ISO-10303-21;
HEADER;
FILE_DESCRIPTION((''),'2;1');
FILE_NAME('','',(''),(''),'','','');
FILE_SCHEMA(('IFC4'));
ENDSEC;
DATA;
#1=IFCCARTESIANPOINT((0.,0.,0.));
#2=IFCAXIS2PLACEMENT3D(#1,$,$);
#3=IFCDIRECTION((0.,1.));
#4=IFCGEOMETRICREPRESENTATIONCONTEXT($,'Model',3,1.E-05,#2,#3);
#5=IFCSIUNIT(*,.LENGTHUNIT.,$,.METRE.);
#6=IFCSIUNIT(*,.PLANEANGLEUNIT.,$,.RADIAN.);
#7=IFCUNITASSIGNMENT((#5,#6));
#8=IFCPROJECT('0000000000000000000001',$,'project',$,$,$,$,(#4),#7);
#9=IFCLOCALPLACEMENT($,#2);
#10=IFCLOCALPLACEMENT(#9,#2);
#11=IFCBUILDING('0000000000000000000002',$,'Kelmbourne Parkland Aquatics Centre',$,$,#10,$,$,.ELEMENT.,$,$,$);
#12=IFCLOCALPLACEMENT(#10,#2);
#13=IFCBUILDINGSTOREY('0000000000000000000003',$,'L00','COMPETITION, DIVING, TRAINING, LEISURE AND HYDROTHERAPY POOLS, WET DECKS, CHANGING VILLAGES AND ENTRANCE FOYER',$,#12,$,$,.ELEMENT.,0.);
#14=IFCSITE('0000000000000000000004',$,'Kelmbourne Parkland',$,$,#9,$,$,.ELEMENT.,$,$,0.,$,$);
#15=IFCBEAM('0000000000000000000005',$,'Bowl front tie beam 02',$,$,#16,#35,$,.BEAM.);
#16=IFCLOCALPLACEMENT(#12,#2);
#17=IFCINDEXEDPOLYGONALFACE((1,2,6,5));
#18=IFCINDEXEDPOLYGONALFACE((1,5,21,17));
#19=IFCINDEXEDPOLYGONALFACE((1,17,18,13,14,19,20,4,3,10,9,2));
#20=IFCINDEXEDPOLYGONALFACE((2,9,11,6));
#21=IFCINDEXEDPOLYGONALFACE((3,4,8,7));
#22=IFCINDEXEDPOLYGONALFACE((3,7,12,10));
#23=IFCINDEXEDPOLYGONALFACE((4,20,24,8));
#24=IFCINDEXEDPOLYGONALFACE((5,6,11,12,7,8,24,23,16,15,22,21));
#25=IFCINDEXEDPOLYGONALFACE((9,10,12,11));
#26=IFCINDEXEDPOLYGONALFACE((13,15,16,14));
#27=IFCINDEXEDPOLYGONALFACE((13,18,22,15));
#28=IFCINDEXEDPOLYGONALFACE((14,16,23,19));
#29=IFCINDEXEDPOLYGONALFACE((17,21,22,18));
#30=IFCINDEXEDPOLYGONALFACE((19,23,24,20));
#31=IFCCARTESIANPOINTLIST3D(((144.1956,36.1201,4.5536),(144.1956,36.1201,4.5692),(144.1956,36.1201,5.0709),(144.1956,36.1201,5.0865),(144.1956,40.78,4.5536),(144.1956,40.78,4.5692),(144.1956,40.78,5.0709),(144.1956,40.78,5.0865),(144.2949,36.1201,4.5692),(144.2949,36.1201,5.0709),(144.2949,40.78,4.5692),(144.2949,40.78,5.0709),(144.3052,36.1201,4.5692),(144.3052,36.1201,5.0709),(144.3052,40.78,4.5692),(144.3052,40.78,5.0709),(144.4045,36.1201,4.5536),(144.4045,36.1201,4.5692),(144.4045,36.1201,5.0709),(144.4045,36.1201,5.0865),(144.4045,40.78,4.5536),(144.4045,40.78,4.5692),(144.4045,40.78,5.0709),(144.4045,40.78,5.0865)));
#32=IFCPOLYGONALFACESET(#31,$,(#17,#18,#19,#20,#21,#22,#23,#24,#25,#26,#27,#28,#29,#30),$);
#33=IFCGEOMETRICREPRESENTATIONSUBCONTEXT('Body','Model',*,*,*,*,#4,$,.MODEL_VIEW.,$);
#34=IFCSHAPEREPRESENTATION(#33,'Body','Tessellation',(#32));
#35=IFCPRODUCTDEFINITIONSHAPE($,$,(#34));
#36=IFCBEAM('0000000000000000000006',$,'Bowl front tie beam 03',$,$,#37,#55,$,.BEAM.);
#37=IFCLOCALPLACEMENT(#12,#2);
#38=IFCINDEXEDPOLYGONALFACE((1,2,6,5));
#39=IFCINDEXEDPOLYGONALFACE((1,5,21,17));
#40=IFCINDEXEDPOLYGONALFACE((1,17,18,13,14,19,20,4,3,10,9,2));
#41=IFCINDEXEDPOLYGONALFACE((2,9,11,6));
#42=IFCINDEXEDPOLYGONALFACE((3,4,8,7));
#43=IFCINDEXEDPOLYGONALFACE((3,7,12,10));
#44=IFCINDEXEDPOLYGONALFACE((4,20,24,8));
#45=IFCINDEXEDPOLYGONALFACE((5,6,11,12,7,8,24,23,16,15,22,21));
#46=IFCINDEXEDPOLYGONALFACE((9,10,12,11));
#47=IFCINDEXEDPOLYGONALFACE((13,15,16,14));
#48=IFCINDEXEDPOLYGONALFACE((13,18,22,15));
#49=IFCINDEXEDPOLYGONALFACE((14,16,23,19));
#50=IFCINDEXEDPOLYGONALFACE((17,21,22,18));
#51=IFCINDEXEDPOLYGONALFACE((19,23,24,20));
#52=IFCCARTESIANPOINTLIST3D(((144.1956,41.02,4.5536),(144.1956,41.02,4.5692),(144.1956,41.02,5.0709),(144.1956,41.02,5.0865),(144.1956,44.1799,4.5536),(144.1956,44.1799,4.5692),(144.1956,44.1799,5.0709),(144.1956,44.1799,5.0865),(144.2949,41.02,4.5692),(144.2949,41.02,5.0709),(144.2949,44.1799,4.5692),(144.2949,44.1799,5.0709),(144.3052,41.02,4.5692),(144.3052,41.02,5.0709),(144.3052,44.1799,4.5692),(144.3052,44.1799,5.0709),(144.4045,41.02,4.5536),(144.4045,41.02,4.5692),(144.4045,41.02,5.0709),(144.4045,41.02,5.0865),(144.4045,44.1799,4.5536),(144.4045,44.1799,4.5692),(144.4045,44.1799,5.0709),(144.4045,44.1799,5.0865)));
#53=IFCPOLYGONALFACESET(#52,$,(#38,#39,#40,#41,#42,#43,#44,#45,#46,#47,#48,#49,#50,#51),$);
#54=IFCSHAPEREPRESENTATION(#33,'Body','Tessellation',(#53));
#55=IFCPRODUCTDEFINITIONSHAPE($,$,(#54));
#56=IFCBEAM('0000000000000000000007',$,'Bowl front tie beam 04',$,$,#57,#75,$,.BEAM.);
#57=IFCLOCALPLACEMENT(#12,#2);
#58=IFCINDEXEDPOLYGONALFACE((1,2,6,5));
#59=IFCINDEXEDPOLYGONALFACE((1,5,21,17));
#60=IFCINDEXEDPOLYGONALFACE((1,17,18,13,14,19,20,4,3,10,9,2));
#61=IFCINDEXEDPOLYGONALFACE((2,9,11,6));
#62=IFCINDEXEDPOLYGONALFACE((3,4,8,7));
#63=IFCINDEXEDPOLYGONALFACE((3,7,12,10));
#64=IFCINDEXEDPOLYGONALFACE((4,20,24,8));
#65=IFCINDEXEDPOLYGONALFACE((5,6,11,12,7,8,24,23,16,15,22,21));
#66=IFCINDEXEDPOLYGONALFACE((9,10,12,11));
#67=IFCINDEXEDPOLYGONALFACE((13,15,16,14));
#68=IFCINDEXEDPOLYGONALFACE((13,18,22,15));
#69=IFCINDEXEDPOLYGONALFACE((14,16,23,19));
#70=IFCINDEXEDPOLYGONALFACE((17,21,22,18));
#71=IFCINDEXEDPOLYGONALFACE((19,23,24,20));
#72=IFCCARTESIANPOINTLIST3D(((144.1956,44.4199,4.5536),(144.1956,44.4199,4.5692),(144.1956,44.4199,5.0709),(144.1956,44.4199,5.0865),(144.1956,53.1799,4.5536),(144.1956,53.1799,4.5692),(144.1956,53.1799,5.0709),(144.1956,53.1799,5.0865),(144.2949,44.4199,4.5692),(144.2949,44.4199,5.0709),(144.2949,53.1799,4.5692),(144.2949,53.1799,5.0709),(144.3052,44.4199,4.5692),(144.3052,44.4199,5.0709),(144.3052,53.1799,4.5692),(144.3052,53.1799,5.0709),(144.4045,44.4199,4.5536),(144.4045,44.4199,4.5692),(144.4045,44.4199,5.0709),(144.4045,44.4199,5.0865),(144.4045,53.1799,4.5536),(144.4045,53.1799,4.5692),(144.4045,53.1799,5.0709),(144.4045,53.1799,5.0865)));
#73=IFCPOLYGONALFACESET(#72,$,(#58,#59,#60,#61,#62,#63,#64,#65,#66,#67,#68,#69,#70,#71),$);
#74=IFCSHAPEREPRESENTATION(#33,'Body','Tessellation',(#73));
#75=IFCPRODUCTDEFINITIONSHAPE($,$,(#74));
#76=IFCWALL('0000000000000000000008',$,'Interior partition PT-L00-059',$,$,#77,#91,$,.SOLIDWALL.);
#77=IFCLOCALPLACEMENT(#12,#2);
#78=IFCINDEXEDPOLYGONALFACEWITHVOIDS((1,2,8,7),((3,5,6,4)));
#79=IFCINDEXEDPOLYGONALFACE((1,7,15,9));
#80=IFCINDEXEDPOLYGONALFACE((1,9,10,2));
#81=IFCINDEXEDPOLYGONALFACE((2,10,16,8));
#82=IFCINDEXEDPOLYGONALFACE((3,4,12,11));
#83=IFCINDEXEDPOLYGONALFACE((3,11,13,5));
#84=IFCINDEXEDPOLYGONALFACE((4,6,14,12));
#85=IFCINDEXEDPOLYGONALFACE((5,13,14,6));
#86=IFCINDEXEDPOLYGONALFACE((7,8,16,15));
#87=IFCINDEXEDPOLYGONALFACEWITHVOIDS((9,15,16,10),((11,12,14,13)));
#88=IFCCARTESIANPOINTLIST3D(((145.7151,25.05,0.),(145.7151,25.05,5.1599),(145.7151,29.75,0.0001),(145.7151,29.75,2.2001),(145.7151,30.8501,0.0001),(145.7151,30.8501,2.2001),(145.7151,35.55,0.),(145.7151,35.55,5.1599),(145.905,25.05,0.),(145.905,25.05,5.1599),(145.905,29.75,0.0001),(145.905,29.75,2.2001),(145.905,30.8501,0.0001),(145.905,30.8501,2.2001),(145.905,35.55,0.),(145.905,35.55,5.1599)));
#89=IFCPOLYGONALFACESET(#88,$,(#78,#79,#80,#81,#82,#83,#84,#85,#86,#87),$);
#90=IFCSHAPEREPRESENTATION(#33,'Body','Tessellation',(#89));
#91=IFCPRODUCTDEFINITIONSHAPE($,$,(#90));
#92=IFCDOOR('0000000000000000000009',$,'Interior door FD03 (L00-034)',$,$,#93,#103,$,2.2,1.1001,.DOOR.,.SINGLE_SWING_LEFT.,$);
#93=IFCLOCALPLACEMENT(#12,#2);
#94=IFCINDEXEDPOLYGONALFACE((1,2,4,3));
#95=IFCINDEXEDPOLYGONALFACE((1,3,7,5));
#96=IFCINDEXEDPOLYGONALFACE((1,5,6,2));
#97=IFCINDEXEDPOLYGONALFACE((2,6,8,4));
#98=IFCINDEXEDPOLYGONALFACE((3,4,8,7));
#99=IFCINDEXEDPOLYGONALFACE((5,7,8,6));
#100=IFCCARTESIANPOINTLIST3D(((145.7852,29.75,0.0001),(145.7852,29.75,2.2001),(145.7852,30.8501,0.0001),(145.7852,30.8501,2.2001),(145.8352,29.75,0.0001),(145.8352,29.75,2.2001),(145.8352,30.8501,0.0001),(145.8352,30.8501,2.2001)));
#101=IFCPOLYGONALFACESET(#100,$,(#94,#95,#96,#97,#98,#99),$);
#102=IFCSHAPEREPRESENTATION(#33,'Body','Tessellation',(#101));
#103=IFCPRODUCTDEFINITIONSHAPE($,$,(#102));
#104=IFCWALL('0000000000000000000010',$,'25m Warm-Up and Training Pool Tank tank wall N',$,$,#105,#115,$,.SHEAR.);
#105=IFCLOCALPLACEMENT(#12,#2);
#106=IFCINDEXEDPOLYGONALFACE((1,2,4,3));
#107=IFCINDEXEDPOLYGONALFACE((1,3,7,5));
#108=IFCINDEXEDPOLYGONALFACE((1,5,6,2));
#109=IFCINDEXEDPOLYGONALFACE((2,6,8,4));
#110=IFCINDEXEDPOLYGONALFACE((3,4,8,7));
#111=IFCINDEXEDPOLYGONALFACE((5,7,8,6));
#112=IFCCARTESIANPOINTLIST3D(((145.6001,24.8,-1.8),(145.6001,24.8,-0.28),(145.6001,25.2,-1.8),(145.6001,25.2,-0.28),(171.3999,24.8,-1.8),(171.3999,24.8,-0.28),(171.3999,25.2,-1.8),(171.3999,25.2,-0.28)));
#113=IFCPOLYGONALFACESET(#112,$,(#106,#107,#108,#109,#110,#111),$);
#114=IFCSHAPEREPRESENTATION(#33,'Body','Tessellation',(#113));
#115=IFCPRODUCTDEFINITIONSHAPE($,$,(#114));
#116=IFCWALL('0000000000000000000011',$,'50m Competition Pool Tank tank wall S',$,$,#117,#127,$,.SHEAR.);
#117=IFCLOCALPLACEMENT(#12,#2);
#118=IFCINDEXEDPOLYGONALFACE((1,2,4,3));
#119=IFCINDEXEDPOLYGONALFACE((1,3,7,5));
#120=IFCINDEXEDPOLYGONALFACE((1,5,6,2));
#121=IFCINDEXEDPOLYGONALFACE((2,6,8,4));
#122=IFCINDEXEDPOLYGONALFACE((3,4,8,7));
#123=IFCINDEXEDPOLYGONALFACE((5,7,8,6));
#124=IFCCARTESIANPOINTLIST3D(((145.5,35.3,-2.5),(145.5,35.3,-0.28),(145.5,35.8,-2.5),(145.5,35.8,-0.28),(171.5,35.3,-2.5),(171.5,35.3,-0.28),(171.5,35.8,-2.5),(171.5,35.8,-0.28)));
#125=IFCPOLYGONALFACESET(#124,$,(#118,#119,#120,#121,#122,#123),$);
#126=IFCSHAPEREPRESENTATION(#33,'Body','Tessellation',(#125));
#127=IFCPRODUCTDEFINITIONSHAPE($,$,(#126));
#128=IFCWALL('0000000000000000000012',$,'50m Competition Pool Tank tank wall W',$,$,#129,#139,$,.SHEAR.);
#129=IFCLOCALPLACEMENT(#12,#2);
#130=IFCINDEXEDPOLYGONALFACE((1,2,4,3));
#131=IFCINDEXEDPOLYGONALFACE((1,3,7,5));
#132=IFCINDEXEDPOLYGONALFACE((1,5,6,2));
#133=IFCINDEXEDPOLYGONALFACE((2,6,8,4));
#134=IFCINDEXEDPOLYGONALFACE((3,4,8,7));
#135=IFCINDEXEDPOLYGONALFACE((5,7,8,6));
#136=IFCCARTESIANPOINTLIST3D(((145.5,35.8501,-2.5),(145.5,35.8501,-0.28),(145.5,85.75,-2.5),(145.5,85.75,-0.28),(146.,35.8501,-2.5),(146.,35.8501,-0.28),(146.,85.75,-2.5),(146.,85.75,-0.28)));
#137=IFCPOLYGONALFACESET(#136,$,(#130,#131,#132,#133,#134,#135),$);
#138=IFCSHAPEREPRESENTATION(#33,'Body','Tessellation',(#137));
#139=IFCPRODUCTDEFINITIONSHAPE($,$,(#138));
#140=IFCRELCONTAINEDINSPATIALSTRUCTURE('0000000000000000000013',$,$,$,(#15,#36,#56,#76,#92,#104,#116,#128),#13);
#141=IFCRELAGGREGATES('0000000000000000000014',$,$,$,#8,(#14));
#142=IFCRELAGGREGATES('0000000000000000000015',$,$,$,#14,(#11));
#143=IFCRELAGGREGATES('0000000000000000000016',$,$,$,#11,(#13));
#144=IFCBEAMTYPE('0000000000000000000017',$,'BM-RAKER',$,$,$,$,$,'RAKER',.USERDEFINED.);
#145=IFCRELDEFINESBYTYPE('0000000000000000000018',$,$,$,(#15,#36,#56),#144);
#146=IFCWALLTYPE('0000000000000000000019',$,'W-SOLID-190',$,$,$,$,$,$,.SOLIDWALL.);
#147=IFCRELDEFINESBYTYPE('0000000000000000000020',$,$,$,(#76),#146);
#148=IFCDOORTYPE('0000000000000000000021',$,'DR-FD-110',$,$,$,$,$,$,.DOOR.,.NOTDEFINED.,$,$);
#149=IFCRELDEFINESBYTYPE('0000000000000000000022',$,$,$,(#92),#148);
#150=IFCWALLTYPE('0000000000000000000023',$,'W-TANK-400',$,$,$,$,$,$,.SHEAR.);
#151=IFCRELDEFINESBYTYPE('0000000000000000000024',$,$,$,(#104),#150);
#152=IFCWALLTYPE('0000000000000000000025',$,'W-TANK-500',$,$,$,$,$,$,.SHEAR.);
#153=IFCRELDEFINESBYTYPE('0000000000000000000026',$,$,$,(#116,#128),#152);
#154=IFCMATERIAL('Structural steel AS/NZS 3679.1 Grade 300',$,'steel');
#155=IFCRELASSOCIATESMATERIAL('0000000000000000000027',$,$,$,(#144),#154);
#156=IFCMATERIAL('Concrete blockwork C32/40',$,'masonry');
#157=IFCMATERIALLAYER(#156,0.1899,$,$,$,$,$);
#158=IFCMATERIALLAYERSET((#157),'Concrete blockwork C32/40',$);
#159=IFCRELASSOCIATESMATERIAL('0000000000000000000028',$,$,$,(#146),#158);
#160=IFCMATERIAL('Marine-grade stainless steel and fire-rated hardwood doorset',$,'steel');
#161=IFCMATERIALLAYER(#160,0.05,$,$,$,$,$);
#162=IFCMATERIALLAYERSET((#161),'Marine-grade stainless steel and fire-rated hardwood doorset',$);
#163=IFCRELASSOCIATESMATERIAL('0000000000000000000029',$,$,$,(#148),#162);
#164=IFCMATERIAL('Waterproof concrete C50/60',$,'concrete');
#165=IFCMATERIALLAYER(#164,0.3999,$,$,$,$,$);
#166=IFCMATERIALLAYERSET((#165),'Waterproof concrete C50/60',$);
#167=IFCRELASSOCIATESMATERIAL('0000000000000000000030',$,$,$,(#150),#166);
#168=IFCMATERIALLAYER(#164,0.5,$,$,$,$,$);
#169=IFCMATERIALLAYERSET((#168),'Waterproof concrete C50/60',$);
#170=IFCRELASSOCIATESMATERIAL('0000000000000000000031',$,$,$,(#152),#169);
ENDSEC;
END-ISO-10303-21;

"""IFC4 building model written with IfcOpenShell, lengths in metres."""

from ifc_helpers import new_model, si_unit, direction, frame, frame_2d, origin, origin_2d, place, context, subcontext, project, spatial, rectangle, i_section, extrude, material, layer, layer_set, material_profile, profile_set, type_object, element, fill, save


model = new_model("IFC4")

# Units and contexts
model_context = context("Model", 3, precision=1e-05, world=origin(), true_north=direction((0.0, 1.0)))
body_context = subcontext(model_context, "Body", "Model", "MODEL_VIEW")
ifc_project = project(units=[si_unit("LENGTHUNIT", "METRE"), si_unit("PLANEANGLEUNIT", "RADIAN")], contexts=[model_context])

# Site, building, storey
site_placement = place(None, origin())
site = spatial("IfcSite", under=ifc_project, at=site_placement, Name="Kelmbourne Parkland", CompositionType="ELEMENT", RefElevation=0.0)
building_placement = place(site_placement, origin())
building = spatial("IfcBuilding", under=site, at=building_placement, Name="Kelmbourne Parkland Aquatics Centre", CompositionType="ELEMENT")
storey_placement = place(building_placement, origin())
storey = spatial("IfcBuildingStorey", under=building, at=storey_placement, Name="L00", Description="COMPETITION, DIVING, TRAINING, LEISURE AND HYDROTHERAPY POOLS, WET DECKS, CHANGING VILLAGES AND ENTRANCE FOYER", CompositionType="ELEMENT", Elevation=0.0)

# Shared definitions
ifc_material_1 = material(Name="Structural steel AS/NZS 3679.1 Grade 300", Category="steel")

# Beams
ifc_material_profile_1 = material_profile(ifc_material_1, i_section(OverallWidth=0.209, OverallDepth=0.533, WebThickness=0.0103, FlangeThickness=0.0156, at=origin_2d()), Name="530UB92.4")
ifc_profile_set_1 = profile_set([ifc_material_profile_1], Name="Structural steel AS/NZS 3679.1 Grade 300")
beam_type_1 = type_object("IfcBeamType", Name="BM-RAKER", ElementType="RAKER", PredefinedType="USERDEFINED", material=ifc_profile_set_1)
beam_1_placement = place(storey_placement, frame((144.3, 36.1201, 4.8201), z_axis=(0.0, 1.0, 0.0), x_axis=(-1.0, 0.0, 0.0)))
element("IfcBeam", 1, at=beam_1_placement, inside=storey, type_object=beam_type_1, Name="Bowl front tie beam 02", PredefinedType="BEAM", context=body_context, shape_type="SweptSolid", body=[
    extrude(i_section(OverallWidth=0.209, OverallDepth=0.533, WebThickness=0.0103, FlangeThickness=0.0156, at=origin_2d()), origin(), (0.0, 0.0, 1.0), 4.6599),
])
beam_2_placement = place(storey_placement, frame((144.3, 41.02, 4.8201), z_axis=(0.0, 1.0, 0.0), x_axis=(-1.0, 0.0, 0.0)))
element("IfcBeam", 2, at=beam_2_placement, inside=storey, type_object=beam_type_1, Name="Bowl front tie beam 03", PredefinedType="BEAM", context=body_context, shape_type="SweptSolid", body=[
    extrude(i_section(OverallWidth=0.209, OverallDepth=0.533, WebThickness=0.0103, FlangeThickness=0.0156, at=origin_2d()), origin(), (0.0, 0.0, 1.0), 3.1599),
])
beam_3_placement = place(storey_placement, frame((144.3, 44.4199, 4.8201), z_axis=(0.0, 1.0, 0.0), x_axis=(-1.0, 0.0, 0.0)))
element("IfcBeam", 3, at=beam_3_placement, inside=storey, type_object=beam_type_1, Name="Bowl front tie beam 04", PredefinedType="BEAM", context=body_context, shape_type="SweptSolid", body=[
    extrude(i_section(OverallWidth=0.209, OverallDepth=0.533, WebThickness=0.0103, FlangeThickness=0.0156, at=origin_2d()), origin(), (0.0, 0.0, 1.0), 8.76),
])

# Wall, opening, door
ifc_material_2 = material(Name="Concrete blockwork C32/40", Category="masonry")
ifc_layer_1 = layer(ifc_material_2, 0.1899)
ifc_layer_set_1 = layer_set([ifc_layer_1], Name="Concrete blockwork C32/40")
wall_type_1 = type_object("IfcWallType", Name="W-SOLID-190", PredefinedType="SOLIDWALL", material=ifc_layer_set_1)
wall_1_placement = place(storey_placement, frame((145.8101, 25.05, 0.0), z_axis=(0.0, 0.0, 1.0), x_axis=(0.0, 1.0, 0.0)))
wall_1 = element("IfcWall", 4, at=wall_1_placement, inside=storey, type_object=wall_type_1, Name="Interior partition PT-L00-059", PredefinedType="SOLIDWALL", context=body_context, shape_type="SweptSolid", body=[
    extrude(rectangle(XDim=10.5, YDim=0.1899, at=frame_2d((5.25, 0.0))), origin(), (0.0, 0.0, 1.0), 5.1599),
])
opening_placement = place(wall_1_placement, frame((4.7, 0.0, 0.0)))
opening = element("IfcOpeningElement", 5, at=opening_placement, cuts=wall_1, PredefinedType="OPENING", context=body_context, shape_type="SweptSolid", body=[
    extrude(rectangle(XDim=1.1001, YDim=2.2, at=frame_2d((0.55, 1.1001))), frame((0.0, 0.1069, 0.0), z_axis=(0.0, -1.0, 0.0), x_axis=(1.0, 0.0, 0.0)), (0.0, 0.0, 1.0), 0.2139),
])
ifc_material_3 = material(Name="Marine-grade stainless steel and fire-rated hardwood doorset", Category="steel")
ifc_layer_2 = layer(ifc_material_3, 0.05)
ifc_layer_set_2 = layer_set([ifc_layer_2], Name="Marine-grade stainless steel and fire-rated hardwood doorset")
door_type = type_object("IfcDoorType", Name="DR-FD-110", OperationType="NOTDEFINED", PredefinedType="DOOR", material=ifc_layer_set_2)
door_placement = place(opening_placement, origin())
door = element("IfcDoor", 6, at=door_placement, inside=storey, type_object=door_type, Name="Interior door FD03 (L00-034)", OperationType="SINGLE_SWING_LEFT", OverallHeight=2.2, OverallWidth=1.1001, PredefinedType="DOOR", context=body_context, shape_type="SweptSolid", body=[
    extrude(rectangle(XDim=1.1001, YDim=2.2, at=frame_2d((0.55, 1.1001))), frame((0.0, 0.0249, 0.0), z_axis=(0.0, -1.0, 0.0), x_axis=(1.0, 0.0, 0.0)), (0.0, 0.0, 1.0), 0.05),
])
fill(opening, door)

# Walls
ifc_material_4 = material(Name="Waterproof concrete C50/60", Category="concrete")
ifc_layer_3 = layer(ifc_material_4, 0.3999)
ifc_layer_set_3 = layer_set([ifc_layer_3], Name="Waterproof concrete C50/60")
wall_type_2 = type_object("IfcWallType", Name="W-TANK-400", PredefinedType="SHEAR", material=ifc_layer_set_3)
wall_2_placement = place(storey_placement, frame((145.6001, 25.0, -1.8), z_axis=(0.0, 0.0, 1.0), x_axis=(1.0, 0.0, 0.0)))
element("IfcWall", 7, at=wall_2_placement, inside=storey, type_object=wall_type_2, Name="25m Warm-Up and Training Pool Tank tank wall N", PredefinedType="SHEAR", context=body_context, shape_type="SweptSolid", body=[
    extrude(rectangle(XDim=25.7998, YDim=0.3999, at=frame_2d((12.8999, 0.0))), origin(), (0.0, 0.0, 1.0), 1.52),
])
ifc_layer_4 = layer(ifc_material_4, 0.5)
ifc_layer_set_4 = layer_set([ifc_layer_4], Name="Waterproof concrete C50/60")
wall_type_3 = type_object("IfcWallType", Name="W-TANK-500", PredefinedType="SHEAR", material=ifc_layer_set_4)
wall_3_placement = place(storey_placement, frame((145.5, 35.55, -2.5), z_axis=(0.0, 0.0, 1.0), x_axis=(1.0, 0.0, 0.0)))
element("IfcWall", 8, at=wall_3_placement, inside=storey, type_object=wall_type_3, Name="50m Competition Pool Tank tank wall S", PredefinedType="SHEAR", context=body_context, shape_type="SweptSolid", body=[
    extrude(rectangle(XDim=26.0, YDim=0.5, at=frame_2d((13.0, 0.0))), origin(), (0.0, 0.0, 1.0), 2.22),
])
wall_4_placement = place(storey_placement, frame((145.75, 35.8501, -2.5), z_axis=(0.0, 0.0, 1.0), x_axis=(0.0, 1.0, 0.0)))
element("IfcWall", 9, at=wall_4_placement, inside=storey, type_object=wall_type_3, Name="50m Competition Pool Tank tank wall W", PredefinedType="SHEAR", context=body_context, shape_type="SweptSolid", body=[
    extrude(rectangle(XDim=49.8999, YDim=0.5, at=frame_2d((24.95, 0.0))), origin(), (0.0, 0.0, 1.0), 2.22),
])

save(model, "model.ifc")
